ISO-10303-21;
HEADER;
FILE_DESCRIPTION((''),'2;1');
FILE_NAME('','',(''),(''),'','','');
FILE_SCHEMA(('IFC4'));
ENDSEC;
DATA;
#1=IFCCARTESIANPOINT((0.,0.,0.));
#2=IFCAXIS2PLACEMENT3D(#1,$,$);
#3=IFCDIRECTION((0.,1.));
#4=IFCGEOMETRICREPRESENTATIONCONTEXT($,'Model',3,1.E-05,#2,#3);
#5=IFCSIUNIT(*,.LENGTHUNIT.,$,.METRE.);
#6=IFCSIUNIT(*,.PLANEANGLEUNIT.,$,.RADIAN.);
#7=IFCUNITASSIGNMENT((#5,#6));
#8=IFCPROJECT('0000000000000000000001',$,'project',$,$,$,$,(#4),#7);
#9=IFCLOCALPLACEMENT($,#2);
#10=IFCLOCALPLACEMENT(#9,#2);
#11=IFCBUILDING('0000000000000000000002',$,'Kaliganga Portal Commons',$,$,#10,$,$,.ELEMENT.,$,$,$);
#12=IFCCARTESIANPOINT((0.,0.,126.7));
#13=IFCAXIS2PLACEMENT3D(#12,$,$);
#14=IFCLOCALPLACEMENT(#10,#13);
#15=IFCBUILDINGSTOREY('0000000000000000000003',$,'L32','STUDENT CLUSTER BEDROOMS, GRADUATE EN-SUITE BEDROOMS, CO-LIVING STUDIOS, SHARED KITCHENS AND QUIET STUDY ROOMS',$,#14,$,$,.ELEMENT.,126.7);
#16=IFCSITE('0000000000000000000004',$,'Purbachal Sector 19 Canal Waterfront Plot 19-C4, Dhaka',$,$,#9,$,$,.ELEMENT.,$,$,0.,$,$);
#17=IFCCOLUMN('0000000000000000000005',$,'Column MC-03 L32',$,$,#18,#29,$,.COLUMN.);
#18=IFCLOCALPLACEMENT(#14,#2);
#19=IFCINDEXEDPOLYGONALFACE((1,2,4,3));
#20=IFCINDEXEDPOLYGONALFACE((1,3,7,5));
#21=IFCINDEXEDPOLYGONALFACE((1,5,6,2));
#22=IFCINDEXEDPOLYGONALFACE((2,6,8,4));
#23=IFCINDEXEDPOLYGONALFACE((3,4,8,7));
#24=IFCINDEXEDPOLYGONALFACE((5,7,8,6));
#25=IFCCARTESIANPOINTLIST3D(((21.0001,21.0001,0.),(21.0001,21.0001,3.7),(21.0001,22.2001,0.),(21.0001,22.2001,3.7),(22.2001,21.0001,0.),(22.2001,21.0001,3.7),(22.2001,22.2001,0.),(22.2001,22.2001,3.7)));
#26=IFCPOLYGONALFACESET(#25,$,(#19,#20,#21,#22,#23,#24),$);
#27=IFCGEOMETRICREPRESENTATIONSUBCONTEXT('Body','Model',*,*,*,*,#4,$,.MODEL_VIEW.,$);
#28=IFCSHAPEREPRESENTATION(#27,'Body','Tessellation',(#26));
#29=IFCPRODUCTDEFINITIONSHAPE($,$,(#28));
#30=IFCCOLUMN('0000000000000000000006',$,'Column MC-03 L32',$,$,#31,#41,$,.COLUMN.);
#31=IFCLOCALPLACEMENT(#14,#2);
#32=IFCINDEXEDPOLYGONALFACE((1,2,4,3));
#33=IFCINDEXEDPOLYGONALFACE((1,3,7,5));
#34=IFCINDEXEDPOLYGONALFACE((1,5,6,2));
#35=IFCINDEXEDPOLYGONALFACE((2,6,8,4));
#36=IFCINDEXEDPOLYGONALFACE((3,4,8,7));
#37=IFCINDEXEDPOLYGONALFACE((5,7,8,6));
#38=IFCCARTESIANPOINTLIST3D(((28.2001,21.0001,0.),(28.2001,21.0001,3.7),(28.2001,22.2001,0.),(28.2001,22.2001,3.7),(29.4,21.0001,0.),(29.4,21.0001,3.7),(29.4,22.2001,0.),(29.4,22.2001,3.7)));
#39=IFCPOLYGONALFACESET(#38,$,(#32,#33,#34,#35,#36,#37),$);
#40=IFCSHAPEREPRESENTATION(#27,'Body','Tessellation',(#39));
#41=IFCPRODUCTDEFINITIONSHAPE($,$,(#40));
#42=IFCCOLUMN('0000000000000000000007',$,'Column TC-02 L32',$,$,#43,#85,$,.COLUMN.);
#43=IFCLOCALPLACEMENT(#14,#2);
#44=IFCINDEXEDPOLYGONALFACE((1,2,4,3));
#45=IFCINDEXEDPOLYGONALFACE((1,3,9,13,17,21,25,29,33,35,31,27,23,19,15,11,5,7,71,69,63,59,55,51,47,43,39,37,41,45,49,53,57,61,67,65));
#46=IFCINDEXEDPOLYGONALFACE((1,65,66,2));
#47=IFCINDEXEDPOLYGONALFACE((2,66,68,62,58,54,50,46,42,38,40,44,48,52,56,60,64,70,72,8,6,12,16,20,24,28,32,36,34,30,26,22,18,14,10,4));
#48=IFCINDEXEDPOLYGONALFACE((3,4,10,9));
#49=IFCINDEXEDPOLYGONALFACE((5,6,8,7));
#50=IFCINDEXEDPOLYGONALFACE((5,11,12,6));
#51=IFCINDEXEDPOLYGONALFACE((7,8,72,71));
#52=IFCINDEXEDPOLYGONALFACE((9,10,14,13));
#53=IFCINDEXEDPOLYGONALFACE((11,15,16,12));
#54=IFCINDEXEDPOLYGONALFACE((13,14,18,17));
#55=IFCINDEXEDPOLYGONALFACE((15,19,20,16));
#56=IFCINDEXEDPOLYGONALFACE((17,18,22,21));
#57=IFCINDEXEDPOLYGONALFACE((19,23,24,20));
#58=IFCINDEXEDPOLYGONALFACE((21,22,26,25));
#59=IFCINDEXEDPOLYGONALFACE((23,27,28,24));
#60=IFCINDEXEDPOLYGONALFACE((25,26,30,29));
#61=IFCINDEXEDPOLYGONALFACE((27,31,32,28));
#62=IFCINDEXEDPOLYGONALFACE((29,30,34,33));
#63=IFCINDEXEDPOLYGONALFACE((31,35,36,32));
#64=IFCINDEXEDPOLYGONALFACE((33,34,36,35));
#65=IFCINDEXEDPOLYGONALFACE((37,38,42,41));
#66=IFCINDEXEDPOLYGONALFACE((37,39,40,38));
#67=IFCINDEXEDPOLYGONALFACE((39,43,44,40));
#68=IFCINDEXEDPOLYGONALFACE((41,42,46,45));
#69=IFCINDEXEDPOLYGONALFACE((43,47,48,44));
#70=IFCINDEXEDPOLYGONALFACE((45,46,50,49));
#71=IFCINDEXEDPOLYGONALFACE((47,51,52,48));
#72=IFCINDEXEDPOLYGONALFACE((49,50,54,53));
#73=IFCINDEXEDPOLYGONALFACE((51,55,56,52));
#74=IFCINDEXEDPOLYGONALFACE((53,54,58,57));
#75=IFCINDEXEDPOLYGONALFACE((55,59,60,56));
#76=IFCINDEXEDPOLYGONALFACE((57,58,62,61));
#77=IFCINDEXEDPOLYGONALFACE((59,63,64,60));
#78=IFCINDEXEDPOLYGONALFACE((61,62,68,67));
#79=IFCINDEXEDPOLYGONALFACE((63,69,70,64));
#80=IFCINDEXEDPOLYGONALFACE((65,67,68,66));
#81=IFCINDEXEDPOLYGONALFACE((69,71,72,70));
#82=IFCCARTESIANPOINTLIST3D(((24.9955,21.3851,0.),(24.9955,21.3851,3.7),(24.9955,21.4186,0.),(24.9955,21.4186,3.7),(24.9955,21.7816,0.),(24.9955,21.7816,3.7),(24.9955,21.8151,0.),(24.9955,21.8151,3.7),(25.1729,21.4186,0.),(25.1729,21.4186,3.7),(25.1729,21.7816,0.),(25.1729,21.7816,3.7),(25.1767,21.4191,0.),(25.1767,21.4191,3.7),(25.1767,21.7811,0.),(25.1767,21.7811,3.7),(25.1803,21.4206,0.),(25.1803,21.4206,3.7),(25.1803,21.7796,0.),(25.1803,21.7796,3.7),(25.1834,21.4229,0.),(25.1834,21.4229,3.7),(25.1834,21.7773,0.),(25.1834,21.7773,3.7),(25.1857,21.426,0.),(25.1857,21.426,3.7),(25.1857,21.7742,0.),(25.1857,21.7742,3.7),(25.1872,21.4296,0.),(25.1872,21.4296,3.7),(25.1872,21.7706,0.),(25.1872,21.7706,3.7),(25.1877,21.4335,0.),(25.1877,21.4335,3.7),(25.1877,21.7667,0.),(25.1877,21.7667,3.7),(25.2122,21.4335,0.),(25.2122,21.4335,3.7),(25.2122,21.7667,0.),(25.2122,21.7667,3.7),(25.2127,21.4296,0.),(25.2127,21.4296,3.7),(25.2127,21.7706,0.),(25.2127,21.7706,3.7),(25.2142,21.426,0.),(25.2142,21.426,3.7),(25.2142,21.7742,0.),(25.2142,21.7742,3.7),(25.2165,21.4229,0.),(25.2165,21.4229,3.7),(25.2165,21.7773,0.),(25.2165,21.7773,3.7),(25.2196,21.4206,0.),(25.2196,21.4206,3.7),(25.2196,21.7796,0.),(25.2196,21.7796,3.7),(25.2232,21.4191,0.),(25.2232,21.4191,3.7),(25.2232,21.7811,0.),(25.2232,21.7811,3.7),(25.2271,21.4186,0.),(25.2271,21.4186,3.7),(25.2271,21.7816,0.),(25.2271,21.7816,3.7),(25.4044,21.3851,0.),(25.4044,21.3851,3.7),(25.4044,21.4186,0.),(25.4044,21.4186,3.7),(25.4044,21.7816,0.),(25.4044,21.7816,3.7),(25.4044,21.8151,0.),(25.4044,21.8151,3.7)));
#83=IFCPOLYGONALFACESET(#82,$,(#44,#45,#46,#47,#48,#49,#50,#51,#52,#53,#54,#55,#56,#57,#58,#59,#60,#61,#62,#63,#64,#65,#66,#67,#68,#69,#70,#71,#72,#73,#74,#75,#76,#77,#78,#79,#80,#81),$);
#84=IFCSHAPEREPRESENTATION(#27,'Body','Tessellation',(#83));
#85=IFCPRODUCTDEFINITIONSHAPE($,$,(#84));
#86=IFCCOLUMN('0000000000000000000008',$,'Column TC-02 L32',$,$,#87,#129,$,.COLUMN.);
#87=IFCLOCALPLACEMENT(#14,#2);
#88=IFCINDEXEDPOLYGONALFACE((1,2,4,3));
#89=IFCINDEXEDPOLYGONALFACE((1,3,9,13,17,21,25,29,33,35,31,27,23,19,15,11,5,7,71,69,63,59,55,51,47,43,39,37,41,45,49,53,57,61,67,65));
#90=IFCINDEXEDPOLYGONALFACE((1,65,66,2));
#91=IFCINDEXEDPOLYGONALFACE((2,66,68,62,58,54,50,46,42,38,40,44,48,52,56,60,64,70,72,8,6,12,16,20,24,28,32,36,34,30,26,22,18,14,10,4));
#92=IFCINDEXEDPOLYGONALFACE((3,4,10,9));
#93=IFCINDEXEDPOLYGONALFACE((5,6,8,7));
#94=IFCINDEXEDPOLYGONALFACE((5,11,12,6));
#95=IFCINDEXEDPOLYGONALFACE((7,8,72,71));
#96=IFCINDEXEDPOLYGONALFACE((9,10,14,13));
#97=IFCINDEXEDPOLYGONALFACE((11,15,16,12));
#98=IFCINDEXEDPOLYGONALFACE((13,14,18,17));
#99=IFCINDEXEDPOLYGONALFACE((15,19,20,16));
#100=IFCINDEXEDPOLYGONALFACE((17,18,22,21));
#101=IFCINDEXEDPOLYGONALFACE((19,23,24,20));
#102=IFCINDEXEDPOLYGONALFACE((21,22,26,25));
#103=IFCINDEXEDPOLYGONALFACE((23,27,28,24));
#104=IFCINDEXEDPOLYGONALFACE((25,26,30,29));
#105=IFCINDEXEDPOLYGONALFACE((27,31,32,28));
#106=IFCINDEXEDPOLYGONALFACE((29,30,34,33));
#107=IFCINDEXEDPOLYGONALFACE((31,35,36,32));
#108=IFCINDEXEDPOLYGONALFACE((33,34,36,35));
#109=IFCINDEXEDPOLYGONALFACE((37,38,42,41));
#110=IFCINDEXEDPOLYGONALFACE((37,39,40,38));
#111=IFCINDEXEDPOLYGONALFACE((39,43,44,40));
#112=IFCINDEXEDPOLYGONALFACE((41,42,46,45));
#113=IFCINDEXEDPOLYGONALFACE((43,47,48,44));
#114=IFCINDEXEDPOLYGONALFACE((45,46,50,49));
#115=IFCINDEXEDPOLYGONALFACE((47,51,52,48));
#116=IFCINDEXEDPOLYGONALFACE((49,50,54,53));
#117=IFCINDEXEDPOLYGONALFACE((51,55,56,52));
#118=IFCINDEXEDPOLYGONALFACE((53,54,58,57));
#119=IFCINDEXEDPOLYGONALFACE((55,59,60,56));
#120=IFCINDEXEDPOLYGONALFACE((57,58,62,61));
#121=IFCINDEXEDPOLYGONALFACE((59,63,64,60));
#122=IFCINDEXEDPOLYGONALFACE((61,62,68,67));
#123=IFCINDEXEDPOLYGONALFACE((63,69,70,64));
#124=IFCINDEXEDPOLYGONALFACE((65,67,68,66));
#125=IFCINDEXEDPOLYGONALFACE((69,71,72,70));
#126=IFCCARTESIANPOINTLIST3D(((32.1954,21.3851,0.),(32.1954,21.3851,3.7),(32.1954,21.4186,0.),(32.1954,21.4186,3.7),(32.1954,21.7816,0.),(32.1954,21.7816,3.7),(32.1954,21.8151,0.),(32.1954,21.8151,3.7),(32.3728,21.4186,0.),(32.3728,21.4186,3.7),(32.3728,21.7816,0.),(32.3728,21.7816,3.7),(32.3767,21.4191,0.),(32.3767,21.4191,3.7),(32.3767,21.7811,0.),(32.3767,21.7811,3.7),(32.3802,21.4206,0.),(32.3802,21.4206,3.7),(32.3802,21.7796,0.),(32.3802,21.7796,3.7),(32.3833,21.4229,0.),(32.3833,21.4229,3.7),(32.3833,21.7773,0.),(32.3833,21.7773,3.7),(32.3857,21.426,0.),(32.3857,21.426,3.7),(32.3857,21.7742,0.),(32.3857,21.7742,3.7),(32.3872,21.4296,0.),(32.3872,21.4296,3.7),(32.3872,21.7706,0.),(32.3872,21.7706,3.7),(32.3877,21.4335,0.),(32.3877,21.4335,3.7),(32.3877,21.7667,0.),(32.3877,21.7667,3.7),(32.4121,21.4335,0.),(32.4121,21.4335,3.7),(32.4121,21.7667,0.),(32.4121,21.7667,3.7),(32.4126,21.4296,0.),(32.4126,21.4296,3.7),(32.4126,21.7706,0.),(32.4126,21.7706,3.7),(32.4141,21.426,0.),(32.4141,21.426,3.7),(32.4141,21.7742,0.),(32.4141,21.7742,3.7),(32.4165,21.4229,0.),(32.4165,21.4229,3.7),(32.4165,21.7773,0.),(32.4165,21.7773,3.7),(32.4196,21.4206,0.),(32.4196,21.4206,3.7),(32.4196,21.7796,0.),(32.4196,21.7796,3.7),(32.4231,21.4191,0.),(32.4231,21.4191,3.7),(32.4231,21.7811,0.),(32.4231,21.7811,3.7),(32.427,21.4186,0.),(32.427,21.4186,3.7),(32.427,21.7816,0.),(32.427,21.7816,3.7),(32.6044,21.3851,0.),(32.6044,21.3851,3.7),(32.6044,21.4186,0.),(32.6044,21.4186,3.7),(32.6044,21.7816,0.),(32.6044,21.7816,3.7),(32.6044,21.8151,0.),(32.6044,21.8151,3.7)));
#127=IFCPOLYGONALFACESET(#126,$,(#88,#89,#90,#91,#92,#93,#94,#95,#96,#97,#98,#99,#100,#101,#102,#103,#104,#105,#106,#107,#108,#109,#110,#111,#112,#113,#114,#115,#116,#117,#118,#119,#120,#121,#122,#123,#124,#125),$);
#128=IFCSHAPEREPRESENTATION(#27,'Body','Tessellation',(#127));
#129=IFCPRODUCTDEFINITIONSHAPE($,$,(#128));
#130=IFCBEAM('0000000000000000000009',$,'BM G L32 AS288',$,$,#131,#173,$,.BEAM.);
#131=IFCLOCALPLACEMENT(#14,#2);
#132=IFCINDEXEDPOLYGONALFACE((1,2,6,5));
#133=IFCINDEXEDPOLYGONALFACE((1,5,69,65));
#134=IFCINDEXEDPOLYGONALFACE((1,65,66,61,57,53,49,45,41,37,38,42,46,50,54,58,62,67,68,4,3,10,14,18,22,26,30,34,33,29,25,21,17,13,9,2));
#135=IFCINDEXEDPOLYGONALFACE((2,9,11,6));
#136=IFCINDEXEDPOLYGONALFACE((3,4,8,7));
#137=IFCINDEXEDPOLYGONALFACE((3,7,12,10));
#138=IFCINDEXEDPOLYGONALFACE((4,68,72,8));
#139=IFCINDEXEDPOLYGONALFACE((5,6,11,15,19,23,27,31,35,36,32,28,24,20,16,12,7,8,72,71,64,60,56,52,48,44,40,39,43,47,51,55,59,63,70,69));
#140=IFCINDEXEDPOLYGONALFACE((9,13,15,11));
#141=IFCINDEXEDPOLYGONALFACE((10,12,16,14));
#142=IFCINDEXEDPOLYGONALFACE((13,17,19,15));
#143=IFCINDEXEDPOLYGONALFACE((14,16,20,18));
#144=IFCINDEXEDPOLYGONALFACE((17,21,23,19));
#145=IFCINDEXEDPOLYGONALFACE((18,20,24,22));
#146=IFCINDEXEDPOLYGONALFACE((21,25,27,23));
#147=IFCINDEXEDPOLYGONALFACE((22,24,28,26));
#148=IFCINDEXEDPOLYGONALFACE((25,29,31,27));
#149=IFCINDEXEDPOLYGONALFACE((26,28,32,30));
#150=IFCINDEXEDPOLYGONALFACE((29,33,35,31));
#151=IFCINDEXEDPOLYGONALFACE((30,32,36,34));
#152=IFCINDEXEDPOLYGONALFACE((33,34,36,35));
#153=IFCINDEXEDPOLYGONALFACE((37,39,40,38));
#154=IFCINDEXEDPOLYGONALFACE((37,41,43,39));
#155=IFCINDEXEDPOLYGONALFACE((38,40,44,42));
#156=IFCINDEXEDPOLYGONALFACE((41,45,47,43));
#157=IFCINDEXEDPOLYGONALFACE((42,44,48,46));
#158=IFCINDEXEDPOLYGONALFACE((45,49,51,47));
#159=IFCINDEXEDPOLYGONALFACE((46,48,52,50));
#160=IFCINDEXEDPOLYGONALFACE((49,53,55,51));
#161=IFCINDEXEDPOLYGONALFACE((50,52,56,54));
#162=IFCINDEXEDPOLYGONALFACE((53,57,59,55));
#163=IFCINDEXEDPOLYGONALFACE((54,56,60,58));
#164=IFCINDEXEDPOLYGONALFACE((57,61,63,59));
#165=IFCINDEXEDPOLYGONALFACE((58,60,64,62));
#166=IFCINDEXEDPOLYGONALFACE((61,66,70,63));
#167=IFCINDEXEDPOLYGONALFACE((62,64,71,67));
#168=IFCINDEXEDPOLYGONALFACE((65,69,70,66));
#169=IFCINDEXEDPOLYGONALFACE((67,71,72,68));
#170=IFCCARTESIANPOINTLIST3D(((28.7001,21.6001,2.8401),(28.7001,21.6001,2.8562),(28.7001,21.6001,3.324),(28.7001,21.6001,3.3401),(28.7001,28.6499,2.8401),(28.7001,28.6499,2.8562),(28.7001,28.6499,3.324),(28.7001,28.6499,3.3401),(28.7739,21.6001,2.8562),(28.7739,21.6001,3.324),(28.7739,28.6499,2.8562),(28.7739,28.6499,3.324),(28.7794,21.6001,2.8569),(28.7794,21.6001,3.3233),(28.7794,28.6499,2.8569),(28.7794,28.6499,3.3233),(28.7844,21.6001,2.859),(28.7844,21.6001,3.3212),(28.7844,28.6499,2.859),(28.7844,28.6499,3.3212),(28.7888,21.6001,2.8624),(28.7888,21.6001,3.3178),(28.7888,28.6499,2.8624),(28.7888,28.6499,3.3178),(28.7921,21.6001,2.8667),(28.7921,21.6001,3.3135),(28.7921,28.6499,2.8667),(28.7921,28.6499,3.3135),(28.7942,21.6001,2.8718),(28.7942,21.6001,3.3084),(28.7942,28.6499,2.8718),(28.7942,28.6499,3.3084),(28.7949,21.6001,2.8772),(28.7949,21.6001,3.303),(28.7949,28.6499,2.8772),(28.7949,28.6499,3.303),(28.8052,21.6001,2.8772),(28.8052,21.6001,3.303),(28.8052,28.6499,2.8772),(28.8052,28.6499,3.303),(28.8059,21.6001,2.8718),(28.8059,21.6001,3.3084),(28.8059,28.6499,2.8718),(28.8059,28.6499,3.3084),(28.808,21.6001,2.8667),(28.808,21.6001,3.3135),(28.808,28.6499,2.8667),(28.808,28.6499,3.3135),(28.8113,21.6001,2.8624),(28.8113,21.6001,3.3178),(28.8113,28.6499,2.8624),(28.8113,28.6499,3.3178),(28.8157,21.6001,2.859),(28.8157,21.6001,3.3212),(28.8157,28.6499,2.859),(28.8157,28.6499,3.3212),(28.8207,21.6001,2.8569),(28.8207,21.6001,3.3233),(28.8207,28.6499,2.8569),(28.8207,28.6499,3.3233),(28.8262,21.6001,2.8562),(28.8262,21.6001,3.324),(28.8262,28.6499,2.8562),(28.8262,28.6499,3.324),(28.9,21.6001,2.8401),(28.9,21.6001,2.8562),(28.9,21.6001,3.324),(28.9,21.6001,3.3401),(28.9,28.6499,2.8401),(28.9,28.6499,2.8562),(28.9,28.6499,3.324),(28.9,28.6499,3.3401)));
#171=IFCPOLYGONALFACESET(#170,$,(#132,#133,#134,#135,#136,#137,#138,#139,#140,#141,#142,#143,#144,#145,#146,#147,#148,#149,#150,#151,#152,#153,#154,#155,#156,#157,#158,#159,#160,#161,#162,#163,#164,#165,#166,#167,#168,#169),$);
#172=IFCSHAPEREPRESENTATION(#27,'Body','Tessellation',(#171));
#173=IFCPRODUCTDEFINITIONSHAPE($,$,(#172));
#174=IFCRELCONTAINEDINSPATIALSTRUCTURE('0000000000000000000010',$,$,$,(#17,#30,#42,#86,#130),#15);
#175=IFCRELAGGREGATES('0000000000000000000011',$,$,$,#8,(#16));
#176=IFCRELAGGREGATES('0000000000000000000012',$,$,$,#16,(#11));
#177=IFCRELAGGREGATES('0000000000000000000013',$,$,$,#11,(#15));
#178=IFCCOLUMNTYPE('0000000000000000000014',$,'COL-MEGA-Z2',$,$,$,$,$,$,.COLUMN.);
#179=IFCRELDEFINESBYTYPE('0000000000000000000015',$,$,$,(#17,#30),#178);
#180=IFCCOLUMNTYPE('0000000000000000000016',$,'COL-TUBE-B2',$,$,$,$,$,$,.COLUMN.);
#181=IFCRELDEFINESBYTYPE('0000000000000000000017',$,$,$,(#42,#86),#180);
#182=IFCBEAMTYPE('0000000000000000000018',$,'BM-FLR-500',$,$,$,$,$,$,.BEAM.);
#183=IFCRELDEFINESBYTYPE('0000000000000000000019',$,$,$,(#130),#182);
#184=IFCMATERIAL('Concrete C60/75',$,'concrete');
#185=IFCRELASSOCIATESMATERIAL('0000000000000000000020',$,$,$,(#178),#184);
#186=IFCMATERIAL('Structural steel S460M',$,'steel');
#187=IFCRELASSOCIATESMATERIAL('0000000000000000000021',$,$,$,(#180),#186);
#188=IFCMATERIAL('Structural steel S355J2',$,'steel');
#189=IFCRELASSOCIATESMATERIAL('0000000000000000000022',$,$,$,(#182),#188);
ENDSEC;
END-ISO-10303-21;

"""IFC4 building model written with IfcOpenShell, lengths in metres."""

from ifc_helpers import new_model, si_unit, direction, frame, origin, origin_2d, place, context, subcontext, project, spatial, rectangle, i_section, extrude, source, transform, mapped, material, material_profile, profile_set, type_object, element, save


model = new_model("IFC4")

# Units and contexts
model_context = context("Model", 3, precision=1e-05, world=origin(), true_north=direction((0.0, 1.0)))
body_context = subcontext(model_context, "Body", "Model", "MODEL_VIEW")
ifc_project = project(units=[si_unit("LENGTHUNIT", "METRE"), si_unit("PLANEANGLEUNIT", "RADIAN")], contexts=[model_context])

# Site, building, storey
site_placement = place(None, origin())
site = spatial("IfcSite", under=ifc_project, at=site_placement, Name="Purbachal Sector 19 Canal Waterfront Plot 19-C4, Dhaka", CompositionType="ELEMENT", RefElevation=0.0)
building_placement = place(site_placement, origin())
building = spatial("IfcBuilding", under=site, at=building_placement, Name="Kaliganga Portal Commons", CompositionType="ELEMENT")
storey_placement = place(building_placement, frame((0.0, 0.0, 126.7)))
storey = spatial("IfcBuildingStorey", under=building, at=storey_placement, Name="L32", Description="STUDENT CLUSTER BEDROOMS, GRADUATE EN-SUITE BEDROOMS, CO-LIVING STUDIOS, SHARED KITCHENS AND QUIET STUDY ROOMS", CompositionType="ELEMENT", Elevation=126.7)

# Columns
ifc_material_1 = material(Name="Concrete C60/75", Category="concrete")
ifc_material_profile_1 = material_profile(ifc_material_1, rectangle(XDim=1.2, YDim=1.2, at=origin_2d()), Name="RC 1200x1200")
ifc_profile_set_1 = profile_set([ifc_material_profile_1], Name="Concrete C60/75")
column_type_1 = type_object("IfcColumnType", Name="COL-MEGA-Z2", PredefinedType="COLUMN", material=ifc_profile_set_1)
shared_shape_1 = source(origin(), body_context, "Body", "SweptSolid", [
    extrude(rectangle(XDim=1.2, YDim=1.2, at=origin_2d()), origin(), (0.0, 0.0, 1.0), 3.7),
])
for number, where, z_axis, x_axis, name in (
    (1, (21.6001, 21.6001, 0.0), (0.0, 0.0, 1.0), (1.0, 0.0, 0.0), "Column MC-03 L32"),
    (2, (28.8, 21.6001, 0.0), (0.0, 0.0, 1.0), (1.0, 0.0, 0.0), "Column MC-03 L32"),
):
    element("IfcColumn", number, at=place(storey_placement, frame(where, z_axis=z_axis, x_axis=x_axis)), inside=storey, type_object=column_type_1, Name=name, PredefinedType="COLUMN", context=body_context, shape_type="MappedRepresentation", body=[
        mapped(shared_shape_1, transform((0.0, 0.0, 0.0), x_axis=(1.0, 0.0, 0.0), y_axis=(0.0, 1.0, 0.0), z_axis=(0.0, 0.0, 1.0), scale=1.0)),
    ])
ifc_material_2 = material(Name="Structural steel S460M", Category="steel")
ifc_material_profile_2 = material_profile(ifc_material_2, i_section(OverallWidth=0.4089, OverallDepth=0.4299, WebThickness=0.0244, FlangeThickness=0.0334, FilletRadius=0.0149, at=origin_2d()), Name="HD 400x421")
ifc_profile_set_2 = profile_set([ifc_material_profile_2], Name="Structural steel S460M wide-flange")
column_type_2 = type_object("IfcColumnType", Name="COL-TUBE-B2", PredefinedType="COLUMN", material=ifc_profile_set_2)
shared_shape_2 = source(origin(), body_context, "Body", "SweptSolid", [
    extrude(i_section(OverallWidth=0.4089, OverallDepth=0.4299, WebThickness=0.0244, FlangeThickness=0.0334, FilletRadius=0.0149, at=origin_2d()), origin(), (0.0, 0.0, 1.0), 3.7),
])
for number, where, z_axis, x_axis, name in (
    (3, (25.2, 21.6001, 0.0), (0.0, 0.0, 1.0), (1.0, 0.0, 0.0), "Column TC-02 L32"),
    (4, (32.3999, 21.6001, 0.0), (0.0, 0.0, 1.0), (1.0, 0.0, 0.0), "Column TC-02 L32"),
):
    element("IfcColumn", number, at=place(storey_placement, frame(where, z_axis=z_axis, x_axis=x_axis)), inside=storey, type_object=column_type_2, Name=name, PredefinedType="COLUMN", context=body_context, shape_type="MappedRepresentation", body=[
        mapped(shared_shape_2, transform((0.0, 0.0, 0.0), x_axis=(1.0, 0.0, 0.0), y_axis=(0.0, 1.0, 0.0), z_axis=(0.0, 0.0, 1.0), scale=1.0)),
    ])

# Beam
ifc_material_3 = material(Name="Structural steel S355J2", Category="steel")
ifc_material_profile_3 = material_profile(ifc_material_3, i_section(OverallWidth=0.2, OverallDepth=0.5, WebThickness=0.0103, FlangeThickness=0.0161, FilletRadius=0.021, at=origin_2d()), Name="IPE 500")
ifc_profile_set_3 = profile_set([ifc_material_profile_3], Name="Structural steel S355J2 wide-flange")
beam_type_1 = type_object("IfcBeamType", Name="BM-FLR-500", PredefinedType="BEAM", material=ifc_profile_set_3)
shared_shape_3 = source(origin(), body_context, "Body", "SweptSolid", [
    extrude(i_section(OverallWidth=0.2, OverallDepth=0.5, WebThickness=0.0103, FlangeThickness=0.0161, FilletRadius=0.021, at=origin_2d()), origin(), (0.0, 0.0, 1.0), 7.0498),
])
beam_1_placement = place(storey_placement, frame((28.8, 21.6001, 3.0901), z_axis=(0.0, 1.0, 0.0), x_axis=(-1.0, 0.0, 0.0)))
element("IfcBeam", 5, at=beam_1_placement, inside=storey, type_object=beam_type_1, Name="BM G L32 AS288", PredefinedType="BEAM", context=body_context, shape_type="MappedRepresentation", body=[
    mapped(shared_shape_3, transform((0.0, 0.0, 0.0), x_axis=(1.0, 0.0, 0.0), y_axis=(0.0, 1.0, 0.0), z_axis=(0.0, 0.0, 1.0), scale=1.0)),
])

save(model, "model.ifc")
